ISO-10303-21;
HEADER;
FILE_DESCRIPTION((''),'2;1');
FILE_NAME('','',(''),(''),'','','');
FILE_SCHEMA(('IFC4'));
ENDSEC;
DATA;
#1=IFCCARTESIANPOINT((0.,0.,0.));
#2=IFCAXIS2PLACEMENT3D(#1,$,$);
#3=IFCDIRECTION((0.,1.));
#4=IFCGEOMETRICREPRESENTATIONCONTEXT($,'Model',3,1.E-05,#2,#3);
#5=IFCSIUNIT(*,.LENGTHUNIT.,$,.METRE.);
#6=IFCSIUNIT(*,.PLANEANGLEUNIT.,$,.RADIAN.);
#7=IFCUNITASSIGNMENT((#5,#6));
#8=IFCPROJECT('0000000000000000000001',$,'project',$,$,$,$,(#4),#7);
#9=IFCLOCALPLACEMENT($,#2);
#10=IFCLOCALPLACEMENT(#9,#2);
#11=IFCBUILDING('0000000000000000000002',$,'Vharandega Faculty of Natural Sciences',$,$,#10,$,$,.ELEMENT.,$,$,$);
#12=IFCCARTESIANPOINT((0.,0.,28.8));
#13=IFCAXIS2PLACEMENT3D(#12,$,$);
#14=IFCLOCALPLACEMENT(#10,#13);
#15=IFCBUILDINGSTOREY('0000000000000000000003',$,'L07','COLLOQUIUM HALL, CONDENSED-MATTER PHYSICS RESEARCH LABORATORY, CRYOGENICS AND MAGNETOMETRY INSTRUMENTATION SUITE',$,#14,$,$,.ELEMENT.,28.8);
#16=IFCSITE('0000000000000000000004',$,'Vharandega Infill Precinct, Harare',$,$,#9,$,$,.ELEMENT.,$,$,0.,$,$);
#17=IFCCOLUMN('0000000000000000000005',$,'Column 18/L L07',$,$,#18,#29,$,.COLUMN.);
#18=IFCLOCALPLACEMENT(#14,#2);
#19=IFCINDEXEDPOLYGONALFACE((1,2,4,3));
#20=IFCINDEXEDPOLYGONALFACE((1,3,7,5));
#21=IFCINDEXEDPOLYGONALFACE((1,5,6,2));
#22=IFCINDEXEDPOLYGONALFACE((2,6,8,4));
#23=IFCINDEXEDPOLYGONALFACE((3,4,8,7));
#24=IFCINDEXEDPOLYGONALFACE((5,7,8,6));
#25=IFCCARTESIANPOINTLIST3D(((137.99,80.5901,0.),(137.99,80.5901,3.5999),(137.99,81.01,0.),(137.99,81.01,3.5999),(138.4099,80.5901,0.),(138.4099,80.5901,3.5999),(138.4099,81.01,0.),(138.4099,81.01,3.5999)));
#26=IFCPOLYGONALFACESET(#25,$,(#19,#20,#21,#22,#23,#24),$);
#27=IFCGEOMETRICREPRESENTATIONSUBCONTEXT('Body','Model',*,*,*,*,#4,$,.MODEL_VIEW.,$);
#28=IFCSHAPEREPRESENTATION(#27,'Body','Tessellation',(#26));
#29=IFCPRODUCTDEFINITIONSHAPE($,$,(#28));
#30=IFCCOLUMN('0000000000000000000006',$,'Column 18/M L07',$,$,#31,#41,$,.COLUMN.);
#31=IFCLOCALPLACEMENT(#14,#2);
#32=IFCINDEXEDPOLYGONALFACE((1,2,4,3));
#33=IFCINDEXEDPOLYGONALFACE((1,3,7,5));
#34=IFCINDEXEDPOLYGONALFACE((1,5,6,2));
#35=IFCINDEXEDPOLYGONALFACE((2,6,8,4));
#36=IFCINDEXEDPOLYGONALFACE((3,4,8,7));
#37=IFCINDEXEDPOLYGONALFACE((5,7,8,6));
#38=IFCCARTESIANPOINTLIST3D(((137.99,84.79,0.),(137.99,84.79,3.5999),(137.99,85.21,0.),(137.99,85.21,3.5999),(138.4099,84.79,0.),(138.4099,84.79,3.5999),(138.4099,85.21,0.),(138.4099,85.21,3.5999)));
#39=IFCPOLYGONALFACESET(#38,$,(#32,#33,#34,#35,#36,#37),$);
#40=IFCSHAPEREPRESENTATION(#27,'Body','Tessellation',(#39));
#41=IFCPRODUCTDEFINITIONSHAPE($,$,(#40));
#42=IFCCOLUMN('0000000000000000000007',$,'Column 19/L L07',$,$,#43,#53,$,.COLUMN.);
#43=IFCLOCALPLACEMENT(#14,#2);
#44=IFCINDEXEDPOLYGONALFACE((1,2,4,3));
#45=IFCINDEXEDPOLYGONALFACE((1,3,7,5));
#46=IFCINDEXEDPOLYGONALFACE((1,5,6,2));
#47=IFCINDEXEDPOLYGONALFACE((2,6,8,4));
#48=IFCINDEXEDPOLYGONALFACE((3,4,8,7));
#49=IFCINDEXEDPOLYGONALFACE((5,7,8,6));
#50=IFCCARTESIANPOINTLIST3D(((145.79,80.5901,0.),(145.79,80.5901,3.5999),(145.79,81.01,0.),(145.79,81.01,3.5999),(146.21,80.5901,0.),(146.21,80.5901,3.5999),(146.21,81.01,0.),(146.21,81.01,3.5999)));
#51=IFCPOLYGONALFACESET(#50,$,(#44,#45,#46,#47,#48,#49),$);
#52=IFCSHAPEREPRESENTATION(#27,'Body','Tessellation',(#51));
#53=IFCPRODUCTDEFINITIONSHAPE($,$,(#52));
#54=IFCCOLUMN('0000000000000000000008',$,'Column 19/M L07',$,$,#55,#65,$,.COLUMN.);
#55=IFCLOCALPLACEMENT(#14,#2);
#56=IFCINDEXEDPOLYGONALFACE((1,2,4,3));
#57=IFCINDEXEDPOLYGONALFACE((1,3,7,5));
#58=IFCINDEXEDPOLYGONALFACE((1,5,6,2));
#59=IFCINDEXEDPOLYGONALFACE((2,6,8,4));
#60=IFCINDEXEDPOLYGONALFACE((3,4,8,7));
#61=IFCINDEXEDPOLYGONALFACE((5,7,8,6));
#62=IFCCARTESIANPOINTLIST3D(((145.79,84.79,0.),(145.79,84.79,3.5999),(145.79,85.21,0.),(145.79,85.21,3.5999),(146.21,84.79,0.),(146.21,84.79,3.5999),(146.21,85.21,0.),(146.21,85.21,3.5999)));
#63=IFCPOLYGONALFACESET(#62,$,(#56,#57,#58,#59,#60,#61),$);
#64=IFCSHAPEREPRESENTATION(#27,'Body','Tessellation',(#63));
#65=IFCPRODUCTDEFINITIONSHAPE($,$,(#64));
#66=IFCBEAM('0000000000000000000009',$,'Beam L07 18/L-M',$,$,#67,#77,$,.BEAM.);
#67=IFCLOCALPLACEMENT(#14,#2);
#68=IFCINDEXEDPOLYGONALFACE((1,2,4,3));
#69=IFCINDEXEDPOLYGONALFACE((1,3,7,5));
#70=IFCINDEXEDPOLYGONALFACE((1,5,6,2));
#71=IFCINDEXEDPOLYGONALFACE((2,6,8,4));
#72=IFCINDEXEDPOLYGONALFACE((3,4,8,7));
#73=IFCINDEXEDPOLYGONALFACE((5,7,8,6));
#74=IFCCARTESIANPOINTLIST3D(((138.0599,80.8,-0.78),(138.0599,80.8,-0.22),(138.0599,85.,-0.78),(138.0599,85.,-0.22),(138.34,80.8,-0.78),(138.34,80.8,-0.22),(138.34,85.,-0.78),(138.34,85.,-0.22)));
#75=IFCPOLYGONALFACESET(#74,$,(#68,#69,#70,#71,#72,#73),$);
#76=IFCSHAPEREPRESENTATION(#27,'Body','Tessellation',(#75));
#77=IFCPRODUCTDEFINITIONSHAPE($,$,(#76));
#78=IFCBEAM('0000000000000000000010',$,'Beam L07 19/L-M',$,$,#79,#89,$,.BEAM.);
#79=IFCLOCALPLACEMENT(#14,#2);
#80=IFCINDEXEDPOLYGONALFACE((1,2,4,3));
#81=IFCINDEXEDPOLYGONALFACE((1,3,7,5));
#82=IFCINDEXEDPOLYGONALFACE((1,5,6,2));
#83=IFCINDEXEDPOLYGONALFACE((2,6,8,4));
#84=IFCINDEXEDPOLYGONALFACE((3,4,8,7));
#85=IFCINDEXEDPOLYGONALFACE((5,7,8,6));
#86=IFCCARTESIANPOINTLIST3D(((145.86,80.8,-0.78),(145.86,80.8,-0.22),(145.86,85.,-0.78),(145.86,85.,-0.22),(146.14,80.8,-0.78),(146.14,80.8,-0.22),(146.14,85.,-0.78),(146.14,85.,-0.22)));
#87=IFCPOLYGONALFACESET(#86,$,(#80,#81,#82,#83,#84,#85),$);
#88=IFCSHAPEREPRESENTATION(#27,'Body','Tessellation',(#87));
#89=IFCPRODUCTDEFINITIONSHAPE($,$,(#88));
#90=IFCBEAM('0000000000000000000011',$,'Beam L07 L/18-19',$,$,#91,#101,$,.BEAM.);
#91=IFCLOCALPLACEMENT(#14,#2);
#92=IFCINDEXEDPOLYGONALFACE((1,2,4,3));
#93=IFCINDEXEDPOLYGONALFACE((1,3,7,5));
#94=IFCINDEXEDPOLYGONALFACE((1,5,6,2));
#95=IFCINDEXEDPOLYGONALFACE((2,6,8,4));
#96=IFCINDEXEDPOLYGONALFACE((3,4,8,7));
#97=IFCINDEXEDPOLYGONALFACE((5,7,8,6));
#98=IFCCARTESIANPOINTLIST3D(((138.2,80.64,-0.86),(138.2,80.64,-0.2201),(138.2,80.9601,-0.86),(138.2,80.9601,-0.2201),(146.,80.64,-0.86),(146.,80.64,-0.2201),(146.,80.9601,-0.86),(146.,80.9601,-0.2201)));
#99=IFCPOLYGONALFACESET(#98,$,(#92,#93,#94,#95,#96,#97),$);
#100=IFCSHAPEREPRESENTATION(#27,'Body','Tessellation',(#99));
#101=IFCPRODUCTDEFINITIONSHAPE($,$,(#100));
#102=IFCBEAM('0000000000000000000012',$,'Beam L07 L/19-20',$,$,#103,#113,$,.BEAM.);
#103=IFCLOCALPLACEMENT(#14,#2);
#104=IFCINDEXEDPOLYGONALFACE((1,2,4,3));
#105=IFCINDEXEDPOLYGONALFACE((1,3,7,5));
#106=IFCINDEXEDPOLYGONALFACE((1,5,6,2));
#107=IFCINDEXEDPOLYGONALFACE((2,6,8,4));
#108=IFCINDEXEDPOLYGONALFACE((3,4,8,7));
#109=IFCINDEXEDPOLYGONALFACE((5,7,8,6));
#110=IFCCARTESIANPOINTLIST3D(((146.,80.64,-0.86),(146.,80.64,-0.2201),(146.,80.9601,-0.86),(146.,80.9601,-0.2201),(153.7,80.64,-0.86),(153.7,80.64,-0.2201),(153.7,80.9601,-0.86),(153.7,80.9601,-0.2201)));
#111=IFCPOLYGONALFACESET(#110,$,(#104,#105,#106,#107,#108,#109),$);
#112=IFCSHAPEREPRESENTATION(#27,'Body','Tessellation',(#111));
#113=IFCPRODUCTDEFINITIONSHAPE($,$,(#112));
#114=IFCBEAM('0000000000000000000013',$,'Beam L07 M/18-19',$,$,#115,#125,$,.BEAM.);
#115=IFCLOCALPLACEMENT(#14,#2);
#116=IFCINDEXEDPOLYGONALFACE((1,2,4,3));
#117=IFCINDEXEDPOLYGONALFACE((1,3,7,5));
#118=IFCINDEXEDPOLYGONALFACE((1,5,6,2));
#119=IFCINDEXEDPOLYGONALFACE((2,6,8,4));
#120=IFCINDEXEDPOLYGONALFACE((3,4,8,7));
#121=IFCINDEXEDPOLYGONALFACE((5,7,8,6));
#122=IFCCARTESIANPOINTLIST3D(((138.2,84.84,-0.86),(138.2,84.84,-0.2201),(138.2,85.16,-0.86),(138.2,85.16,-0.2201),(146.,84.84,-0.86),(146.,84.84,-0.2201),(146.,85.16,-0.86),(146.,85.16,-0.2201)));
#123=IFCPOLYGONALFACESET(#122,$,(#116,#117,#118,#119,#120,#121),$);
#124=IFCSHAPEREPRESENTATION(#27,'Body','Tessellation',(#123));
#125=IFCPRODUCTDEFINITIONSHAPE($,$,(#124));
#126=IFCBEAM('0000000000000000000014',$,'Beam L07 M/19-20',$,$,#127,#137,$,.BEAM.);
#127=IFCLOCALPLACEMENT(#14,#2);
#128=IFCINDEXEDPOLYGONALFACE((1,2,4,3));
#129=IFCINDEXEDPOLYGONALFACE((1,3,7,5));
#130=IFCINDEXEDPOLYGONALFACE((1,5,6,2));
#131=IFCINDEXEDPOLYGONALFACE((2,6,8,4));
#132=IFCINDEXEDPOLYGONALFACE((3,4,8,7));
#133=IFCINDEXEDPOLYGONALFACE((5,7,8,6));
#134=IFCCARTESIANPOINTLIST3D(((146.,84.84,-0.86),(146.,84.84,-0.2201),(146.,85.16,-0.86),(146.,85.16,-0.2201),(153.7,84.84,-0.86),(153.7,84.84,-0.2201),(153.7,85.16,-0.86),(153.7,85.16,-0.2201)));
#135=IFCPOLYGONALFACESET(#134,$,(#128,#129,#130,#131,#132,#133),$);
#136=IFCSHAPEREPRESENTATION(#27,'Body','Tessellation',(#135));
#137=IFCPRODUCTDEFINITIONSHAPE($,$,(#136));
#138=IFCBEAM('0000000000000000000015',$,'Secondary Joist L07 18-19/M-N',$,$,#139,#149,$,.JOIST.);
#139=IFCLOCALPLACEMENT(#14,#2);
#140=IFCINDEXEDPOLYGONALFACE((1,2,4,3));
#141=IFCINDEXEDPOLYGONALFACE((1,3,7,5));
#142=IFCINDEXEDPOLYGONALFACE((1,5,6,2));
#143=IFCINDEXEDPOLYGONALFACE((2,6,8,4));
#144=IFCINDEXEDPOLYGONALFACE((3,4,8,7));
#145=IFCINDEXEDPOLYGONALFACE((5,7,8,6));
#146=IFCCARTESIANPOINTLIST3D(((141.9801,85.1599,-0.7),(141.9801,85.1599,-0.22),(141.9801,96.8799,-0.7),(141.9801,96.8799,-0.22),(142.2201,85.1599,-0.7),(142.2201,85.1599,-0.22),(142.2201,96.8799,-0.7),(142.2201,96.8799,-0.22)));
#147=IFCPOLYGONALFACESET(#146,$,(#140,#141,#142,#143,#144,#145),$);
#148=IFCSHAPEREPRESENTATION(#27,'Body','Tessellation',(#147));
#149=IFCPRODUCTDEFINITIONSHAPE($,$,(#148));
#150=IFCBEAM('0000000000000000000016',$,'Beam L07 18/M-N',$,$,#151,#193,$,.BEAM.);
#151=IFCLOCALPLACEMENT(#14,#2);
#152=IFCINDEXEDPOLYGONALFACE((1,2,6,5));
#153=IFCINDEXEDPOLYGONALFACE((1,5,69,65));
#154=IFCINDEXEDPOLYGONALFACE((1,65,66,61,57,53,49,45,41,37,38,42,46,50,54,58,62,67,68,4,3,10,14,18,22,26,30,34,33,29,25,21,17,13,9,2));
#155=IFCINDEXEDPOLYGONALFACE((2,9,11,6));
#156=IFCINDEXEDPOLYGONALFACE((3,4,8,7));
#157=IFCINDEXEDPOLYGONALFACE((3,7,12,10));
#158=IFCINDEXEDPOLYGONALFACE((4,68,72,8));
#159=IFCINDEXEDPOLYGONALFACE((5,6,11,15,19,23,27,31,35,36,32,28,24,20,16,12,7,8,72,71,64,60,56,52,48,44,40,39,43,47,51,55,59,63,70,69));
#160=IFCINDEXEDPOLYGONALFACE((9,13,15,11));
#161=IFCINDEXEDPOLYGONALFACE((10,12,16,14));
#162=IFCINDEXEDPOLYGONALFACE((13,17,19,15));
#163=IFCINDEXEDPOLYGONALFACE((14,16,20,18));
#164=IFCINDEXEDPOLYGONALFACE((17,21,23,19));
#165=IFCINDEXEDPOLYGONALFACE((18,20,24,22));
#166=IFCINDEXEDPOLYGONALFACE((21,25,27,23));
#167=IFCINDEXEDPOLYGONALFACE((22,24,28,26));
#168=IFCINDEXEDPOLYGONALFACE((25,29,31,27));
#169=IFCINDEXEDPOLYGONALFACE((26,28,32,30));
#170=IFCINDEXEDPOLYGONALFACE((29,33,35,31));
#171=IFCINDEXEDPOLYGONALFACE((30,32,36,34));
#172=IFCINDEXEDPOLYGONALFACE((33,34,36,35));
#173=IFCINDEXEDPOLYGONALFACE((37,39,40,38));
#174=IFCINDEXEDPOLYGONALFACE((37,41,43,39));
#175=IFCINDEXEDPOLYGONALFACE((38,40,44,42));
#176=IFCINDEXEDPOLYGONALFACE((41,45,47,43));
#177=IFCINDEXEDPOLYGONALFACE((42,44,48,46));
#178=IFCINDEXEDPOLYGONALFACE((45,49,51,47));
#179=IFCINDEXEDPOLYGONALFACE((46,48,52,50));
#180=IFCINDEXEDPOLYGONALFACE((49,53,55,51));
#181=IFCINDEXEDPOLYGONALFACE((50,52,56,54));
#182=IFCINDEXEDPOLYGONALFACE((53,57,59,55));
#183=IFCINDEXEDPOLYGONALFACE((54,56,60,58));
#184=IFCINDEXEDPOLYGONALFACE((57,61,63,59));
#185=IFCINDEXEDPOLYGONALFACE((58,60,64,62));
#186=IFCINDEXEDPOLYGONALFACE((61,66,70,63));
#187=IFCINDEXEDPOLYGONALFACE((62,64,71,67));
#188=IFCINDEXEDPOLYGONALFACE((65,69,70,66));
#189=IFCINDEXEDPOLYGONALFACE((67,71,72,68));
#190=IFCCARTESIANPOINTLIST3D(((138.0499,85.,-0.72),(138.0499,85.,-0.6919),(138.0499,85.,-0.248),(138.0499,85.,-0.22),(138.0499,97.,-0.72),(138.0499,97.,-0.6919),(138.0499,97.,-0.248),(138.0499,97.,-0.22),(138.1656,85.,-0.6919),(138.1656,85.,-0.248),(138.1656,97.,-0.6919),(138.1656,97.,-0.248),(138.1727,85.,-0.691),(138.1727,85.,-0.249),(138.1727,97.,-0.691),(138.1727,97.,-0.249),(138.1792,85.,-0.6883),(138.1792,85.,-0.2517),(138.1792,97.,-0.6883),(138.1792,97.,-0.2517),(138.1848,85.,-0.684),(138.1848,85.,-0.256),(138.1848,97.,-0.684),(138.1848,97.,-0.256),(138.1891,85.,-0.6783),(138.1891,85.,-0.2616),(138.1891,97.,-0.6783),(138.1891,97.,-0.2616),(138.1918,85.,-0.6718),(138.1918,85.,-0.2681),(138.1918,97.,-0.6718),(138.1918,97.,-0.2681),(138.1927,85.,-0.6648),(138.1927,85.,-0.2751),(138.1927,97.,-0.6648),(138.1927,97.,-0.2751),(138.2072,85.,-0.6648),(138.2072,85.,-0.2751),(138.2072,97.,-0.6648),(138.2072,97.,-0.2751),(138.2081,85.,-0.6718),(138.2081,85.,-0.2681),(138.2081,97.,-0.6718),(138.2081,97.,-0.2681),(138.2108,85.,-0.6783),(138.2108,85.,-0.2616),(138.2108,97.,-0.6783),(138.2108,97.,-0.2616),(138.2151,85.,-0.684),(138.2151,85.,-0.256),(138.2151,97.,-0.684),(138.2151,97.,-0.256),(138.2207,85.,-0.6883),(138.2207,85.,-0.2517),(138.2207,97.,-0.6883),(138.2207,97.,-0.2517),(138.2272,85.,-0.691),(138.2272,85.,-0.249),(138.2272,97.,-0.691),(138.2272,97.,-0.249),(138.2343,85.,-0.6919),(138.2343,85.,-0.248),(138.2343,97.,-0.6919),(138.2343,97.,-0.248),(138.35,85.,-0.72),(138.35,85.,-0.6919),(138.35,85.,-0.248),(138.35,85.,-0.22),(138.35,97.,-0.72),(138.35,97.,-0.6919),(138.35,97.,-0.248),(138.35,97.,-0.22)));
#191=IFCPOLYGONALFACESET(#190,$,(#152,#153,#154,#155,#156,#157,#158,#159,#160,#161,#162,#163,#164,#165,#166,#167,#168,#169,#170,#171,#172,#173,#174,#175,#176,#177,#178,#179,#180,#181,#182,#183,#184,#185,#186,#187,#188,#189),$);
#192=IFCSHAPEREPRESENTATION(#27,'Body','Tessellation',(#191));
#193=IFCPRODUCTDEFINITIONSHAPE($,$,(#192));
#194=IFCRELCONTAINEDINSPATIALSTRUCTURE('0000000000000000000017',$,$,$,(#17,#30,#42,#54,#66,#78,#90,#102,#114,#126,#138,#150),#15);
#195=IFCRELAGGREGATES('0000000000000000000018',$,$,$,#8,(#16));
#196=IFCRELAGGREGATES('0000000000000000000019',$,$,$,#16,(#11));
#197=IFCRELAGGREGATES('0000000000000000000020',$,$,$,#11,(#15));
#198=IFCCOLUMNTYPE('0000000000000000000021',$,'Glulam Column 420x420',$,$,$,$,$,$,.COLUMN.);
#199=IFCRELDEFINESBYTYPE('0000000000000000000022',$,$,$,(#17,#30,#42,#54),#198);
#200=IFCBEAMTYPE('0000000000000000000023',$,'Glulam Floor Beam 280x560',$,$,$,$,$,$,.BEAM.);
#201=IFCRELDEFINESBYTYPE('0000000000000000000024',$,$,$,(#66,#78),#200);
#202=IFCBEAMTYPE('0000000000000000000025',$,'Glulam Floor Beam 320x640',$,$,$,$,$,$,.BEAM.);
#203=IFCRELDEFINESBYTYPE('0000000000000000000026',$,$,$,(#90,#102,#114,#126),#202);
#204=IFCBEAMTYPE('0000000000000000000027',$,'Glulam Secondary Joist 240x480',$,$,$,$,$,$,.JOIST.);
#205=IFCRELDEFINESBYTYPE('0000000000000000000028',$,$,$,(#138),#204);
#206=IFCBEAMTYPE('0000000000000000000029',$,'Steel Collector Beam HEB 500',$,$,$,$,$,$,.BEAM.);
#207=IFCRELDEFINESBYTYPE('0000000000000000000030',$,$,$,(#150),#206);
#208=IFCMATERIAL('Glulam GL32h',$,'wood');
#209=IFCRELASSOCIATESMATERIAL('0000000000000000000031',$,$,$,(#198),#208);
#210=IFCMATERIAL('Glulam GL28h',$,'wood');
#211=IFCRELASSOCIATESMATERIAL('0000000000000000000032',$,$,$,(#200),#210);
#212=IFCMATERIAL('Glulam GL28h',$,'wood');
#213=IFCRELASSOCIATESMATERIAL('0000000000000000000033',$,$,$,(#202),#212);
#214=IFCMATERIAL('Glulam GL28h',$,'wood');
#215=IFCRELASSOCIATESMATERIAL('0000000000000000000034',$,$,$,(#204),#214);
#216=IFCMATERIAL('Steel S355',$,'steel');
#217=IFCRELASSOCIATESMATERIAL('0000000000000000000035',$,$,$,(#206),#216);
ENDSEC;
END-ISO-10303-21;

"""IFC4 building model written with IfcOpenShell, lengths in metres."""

from ifc_helpers import new_model, si_unit, direction, frame, origin, origin_2d, place, context, subcontext, project, spatial, rectangle, i_section, extrude, material, material_profile, profile_set, type_object, element, save


model = new_model("IFC4")

# Units and contexts
model_context = context("Model", 3, precision=1e-05, world=origin(), true_north=direction((0.0, 1.0)))
body_context = subcontext(model_context, "Body", "Model", "MODEL_VIEW")
ifc_project = project(units=[si_unit("LENGTHUNIT", "METRE"), si_unit("PLANEANGLEUNIT", "RADIAN")], contexts=[model_context])

# Site, building, storey
site_placement = place(None, origin())
site = spatial("IfcSite", under=ifc_project, at=site_placement, Name="Vharandega Infill Precinct, Harare", CompositionType="ELEMENT", RefElevation=0.0)
building_placement = place(site_placement, origin())
building = spatial("IfcBuilding", under=site, at=building_placement, Name="Vharandega Faculty of Natural Sciences", CompositionType="ELEMENT")
storey_placement = place(building_placement, frame((0.0, 0.0, 28.8)))
storey = spatial("IfcBuildingStorey", under=building, at=storey_placement, Name="L07", Description="COLLOQUIUM HALL, CONDENSED-MATTER PHYSICS RESEARCH LABORATORY, CRYOGENICS AND MAGNETOMETRY INSTRUMENTATION SUITE", CompositionType="ELEMENT", Elevation=28.8)

# Columns
ifc_material_1 = material(Name="Glulam GL32h", Category="wood")
ifc_material_profile_1 = material_profile(ifc_material_1, rectangle(XDim=0.4199, YDim=0.4199, at=origin_2d()), Name="GL32h 420x420")
ifc_profile_set_1 = profile_set([ifc_material_profile_1], Name="Glulam GL32h")
column_type = type_object("IfcColumnType", Name="Glulam Column 420x420", PredefinedType="COLUMN", material=ifc_profile_set_1)
for number, where, z_axis, x_axis, name in (
    (1, (138.2, 80.8, 0.0), (0.0, 0.0, 1.0), (1.0, 0.0, 0.0), "Column 18/L L07"),
    (2, (138.2, 85.0, 0.0), (0.0, 0.0, 1.0), (1.0, 0.0, 0.0), "Column 18/M L07"),
    (3, (146.0, 80.8, 0.0), (0.0, 0.0, 1.0), (1.0, 0.0, 0.0), "Column 19/L L07"),
    (4, (146.0, 85.0, 0.0), (0.0, 0.0, 1.0), (1.0, 0.0, 0.0), "Column 19/M L07"),
):
    element("IfcColumn", number, at=place(storey_placement, frame(where, z_axis=z_axis, x_axis=x_axis)), inside=storey, type_object=column_type, Name=name, PredefinedType="COLUMN", context=body_context, shape_type="SweptSolid", body=[
        extrude(rectangle(XDim=0.4199, YDim=0.4199, at=origin_2d()), origin(), (0.0, 0.0, 1.0), 3.5999),
    ])

# Beams
ifc_material_2 = material(Name="Glulam GL28h", Category="wood")
ifc_material_profile_2 = material_profile(ifc_material_2, rectangle(XDim=0.28, YDim=0.5601, at=origin_2d()), Name="GL28h 280x560")
ifc_profile_set_2 = profile_set([ifc_material_profile_2], Name="Glulam GL28h")
beam_type_1 = type_object("IfcBeamType", Name="Glulam Floor Beam 280x560", PredefinedType="BEAM", material=ifc_profile_set_2)
for number, where, z_axis, x_axis, name in (
    (5, (138.2, 80.8, -0.5), (0.0, 1.0, 0.0), (-1.0, 0.0, 0.0), "Beam L07 18/L-M"),
    (6, (146.0, 80.8, -0.5), (0.0, 1.0, 0.0), (-1.0, 0.0, 0.0), "Beam L07 19/L-M"),
):
    element("IfcBeam", number, at=place(storey_placement, frame(where, z_axis=z_axis, x_axis=x_axis)), inside=storey, type_object=beam_type_1, Name=name, PredefinedType="BEAM", context=body_context, shape_type="SweptSolid", body=[
        extrude(rectangle(XDim=0.28, YDim=0.5601, at=origin_2d()), origin(), (0.0, 0.0, 1.0), 4.2),
    ])
ifc_material_3 = material(Name="Glulam GL28h", Category="wood")
ifc_material_profile_3 = material_profile(ifc_material_3, rectangle(XDim=0.3201, YDim=0.6399, at=origin_2d()), Name="GL28h 320x640")
ifc_profile_set_3 = profile_set([ifc_material_profile_3], Name="Glulam GL28h")
beam_type_2 = type_object("IfcBeamType", Name="Glulam Floor Beam 320x640", PredefinedType="BEAM", material=ifc_profile_set_3)
beam_1_placement = place(storey_placement, frame((138.2, 80.8, -0.54), z_axis=(1.0, 0.0, 0.0), x_axis=(0.0, 1.0, 0.0)))
element("IfcBeam", 7, at=beam_1_placement, inside=storey, type_object=beam_type_2, Name="Beam L07 L/18-19", PredefinedType="BEAM", context=body_context, shape_type="SweptSolid", body=[
    extrude(rectangle(XDim=0.3201, YDim=0.6399, at=origin_2d()), origin(), (0.0, 0.0, 1.0), 7.8),
])
beam_2_placement = place(storey_placement, frame((146.0, 80.8, -0.54), z_axis=(1.0, 0.0, 0.0), x_axis=(0.0, 1.0, 0.0)))
element("IfcBeam", 8, at=beam_2_placement, inside=storey, type_object=beam_type_2, Name="Beam L07 L/19-20", PredefinedType="BEAM", context=body_context, shape_type="SweptSolid", body=[
    extrude(rectangle(XDim=0.3201, YDim=0.6399, at=origin_2d()), origin(), (0.0, 0.0, 1.0), 7.7),
])
beam_3_placement = place(storey_placement, frame((138.2, 85.0, -0.54), z_axis=(1.0, 0.0, 0.0), x_axis=(0.0, 1.0, 0.0)))
element("IfcBeam", 9, at=beam_3_placement, inside=storey, type_object=beam_type_2, Name="Beam L07 M/18-19", PredefinedType="BEAM", context=body_context, shape_type="SweptSolid", body=[
    extrude(rectangle(XDim=0.3201, YDim=0.6399, at=origin_2d()), origin(), (0.0, 0.0, 1.0), 7.8),
])
beam_4_placement = place(storey_placement, frame((146.0, 85.0, -0.54), z_axis=(1.0, 0.0, 0.0), x_axis=(0.0, 1.0, 0.0)))
element("IfcBeam", 10, at=beam_4_placement, inside=storey, type_object=beam_type_2, Name="Beam L07 M/19-20", PredefinedType="BEAM", context=body_context, shape_type="SweptSolid", body=[
    extrude(rectangle(XDim=0.3201, YDim=0.6399, at=origin_2d()), origin(), (0.0, 0.0, 1.0), 7.7),
])
ifc_material_4 = material(Name="Glulam GL28h", Category="wood")
ifc_material_profile_4 = material_profile(ifc_material_4, rectangle(XDim=0.24, YDim=0.48, at=origin_2d()), Name="GL28h 240x480")
ifc_profile_set_4 = profile_set([ifc_material_profile_4], Name="Glulam GL28h")
beam_type_3 = type_object("IfcBeamType", Name="Glulam Secondary Joist 240x480", PredefinedType="JOIST", material=ifc_profile_set_4)
beam_5_placement = place(storey_placement, frame((142.1001, 85.1599, -0.46), z_axis=(0.0, 1.0, 0.0), x_axis=(-1.0, 0.0, 0.0)))
element("IfcBeam", 11, at=beam_5_placement, inside=storey, type_object=beam_type_3, Name="Secondary Joist L07 18-19/M-N", PredefinedType="JOIST", context=body_context, shape_type="SweptSolid", body=[
    extrude(rectangle(XDim=0.24, YDim=0.48, at=origin_2d()), origin(), (0.0, 0.0, 1.0), 11.72),
])
ifc_material_5 = material(Name="Steel S355", Category="steel")
ifc_material_profile_5 = material_profile(ifc_material_5, i_section(OverallWidth=0.3, OverallDepth=0.5, WebThickness=0.0144, FlangeThickness=0.0281, FilletRadius=0.0271, at=origin_2d()), Name="HEB 500")
ifc_profile_set_5 = profile_set([ifc_material_profile_5], Name="Steel S355")
beam_type_4 = type_object("IfcBeamType", Name="Steel Collector Beam HEB 500", PredefinedType="BEAM", material=ifc_profile_set_5)
for number, where, z_axis, x_axis, name in (
    (12, (138.2, 85.0, -0.47), (0.0, 1.0, 0.0), (-1.0, 0.0, 0.0), "Beam L07 18/M-N"),
):
    element("IfcBeam", number, at=place(storey_placement, frame(where, z_axis=z_axis, x_axis=x_axis)), inside=storey, type_object=beam_type_4, Name=name, PredefinedType="BEAM", context=body_context, shape_type="SweptSolid", body=[
        extrude(i_section(OverallWidth=0.3, OverallDepth=0.5, WebThickness=0.0144, FlangeThickness=0.0281, FilletRadius=0.0271, at=origin_2d()), origin(), (0.0, 0.0, 1.0), 12.0),
    ])

save(model, "model.ifc")
